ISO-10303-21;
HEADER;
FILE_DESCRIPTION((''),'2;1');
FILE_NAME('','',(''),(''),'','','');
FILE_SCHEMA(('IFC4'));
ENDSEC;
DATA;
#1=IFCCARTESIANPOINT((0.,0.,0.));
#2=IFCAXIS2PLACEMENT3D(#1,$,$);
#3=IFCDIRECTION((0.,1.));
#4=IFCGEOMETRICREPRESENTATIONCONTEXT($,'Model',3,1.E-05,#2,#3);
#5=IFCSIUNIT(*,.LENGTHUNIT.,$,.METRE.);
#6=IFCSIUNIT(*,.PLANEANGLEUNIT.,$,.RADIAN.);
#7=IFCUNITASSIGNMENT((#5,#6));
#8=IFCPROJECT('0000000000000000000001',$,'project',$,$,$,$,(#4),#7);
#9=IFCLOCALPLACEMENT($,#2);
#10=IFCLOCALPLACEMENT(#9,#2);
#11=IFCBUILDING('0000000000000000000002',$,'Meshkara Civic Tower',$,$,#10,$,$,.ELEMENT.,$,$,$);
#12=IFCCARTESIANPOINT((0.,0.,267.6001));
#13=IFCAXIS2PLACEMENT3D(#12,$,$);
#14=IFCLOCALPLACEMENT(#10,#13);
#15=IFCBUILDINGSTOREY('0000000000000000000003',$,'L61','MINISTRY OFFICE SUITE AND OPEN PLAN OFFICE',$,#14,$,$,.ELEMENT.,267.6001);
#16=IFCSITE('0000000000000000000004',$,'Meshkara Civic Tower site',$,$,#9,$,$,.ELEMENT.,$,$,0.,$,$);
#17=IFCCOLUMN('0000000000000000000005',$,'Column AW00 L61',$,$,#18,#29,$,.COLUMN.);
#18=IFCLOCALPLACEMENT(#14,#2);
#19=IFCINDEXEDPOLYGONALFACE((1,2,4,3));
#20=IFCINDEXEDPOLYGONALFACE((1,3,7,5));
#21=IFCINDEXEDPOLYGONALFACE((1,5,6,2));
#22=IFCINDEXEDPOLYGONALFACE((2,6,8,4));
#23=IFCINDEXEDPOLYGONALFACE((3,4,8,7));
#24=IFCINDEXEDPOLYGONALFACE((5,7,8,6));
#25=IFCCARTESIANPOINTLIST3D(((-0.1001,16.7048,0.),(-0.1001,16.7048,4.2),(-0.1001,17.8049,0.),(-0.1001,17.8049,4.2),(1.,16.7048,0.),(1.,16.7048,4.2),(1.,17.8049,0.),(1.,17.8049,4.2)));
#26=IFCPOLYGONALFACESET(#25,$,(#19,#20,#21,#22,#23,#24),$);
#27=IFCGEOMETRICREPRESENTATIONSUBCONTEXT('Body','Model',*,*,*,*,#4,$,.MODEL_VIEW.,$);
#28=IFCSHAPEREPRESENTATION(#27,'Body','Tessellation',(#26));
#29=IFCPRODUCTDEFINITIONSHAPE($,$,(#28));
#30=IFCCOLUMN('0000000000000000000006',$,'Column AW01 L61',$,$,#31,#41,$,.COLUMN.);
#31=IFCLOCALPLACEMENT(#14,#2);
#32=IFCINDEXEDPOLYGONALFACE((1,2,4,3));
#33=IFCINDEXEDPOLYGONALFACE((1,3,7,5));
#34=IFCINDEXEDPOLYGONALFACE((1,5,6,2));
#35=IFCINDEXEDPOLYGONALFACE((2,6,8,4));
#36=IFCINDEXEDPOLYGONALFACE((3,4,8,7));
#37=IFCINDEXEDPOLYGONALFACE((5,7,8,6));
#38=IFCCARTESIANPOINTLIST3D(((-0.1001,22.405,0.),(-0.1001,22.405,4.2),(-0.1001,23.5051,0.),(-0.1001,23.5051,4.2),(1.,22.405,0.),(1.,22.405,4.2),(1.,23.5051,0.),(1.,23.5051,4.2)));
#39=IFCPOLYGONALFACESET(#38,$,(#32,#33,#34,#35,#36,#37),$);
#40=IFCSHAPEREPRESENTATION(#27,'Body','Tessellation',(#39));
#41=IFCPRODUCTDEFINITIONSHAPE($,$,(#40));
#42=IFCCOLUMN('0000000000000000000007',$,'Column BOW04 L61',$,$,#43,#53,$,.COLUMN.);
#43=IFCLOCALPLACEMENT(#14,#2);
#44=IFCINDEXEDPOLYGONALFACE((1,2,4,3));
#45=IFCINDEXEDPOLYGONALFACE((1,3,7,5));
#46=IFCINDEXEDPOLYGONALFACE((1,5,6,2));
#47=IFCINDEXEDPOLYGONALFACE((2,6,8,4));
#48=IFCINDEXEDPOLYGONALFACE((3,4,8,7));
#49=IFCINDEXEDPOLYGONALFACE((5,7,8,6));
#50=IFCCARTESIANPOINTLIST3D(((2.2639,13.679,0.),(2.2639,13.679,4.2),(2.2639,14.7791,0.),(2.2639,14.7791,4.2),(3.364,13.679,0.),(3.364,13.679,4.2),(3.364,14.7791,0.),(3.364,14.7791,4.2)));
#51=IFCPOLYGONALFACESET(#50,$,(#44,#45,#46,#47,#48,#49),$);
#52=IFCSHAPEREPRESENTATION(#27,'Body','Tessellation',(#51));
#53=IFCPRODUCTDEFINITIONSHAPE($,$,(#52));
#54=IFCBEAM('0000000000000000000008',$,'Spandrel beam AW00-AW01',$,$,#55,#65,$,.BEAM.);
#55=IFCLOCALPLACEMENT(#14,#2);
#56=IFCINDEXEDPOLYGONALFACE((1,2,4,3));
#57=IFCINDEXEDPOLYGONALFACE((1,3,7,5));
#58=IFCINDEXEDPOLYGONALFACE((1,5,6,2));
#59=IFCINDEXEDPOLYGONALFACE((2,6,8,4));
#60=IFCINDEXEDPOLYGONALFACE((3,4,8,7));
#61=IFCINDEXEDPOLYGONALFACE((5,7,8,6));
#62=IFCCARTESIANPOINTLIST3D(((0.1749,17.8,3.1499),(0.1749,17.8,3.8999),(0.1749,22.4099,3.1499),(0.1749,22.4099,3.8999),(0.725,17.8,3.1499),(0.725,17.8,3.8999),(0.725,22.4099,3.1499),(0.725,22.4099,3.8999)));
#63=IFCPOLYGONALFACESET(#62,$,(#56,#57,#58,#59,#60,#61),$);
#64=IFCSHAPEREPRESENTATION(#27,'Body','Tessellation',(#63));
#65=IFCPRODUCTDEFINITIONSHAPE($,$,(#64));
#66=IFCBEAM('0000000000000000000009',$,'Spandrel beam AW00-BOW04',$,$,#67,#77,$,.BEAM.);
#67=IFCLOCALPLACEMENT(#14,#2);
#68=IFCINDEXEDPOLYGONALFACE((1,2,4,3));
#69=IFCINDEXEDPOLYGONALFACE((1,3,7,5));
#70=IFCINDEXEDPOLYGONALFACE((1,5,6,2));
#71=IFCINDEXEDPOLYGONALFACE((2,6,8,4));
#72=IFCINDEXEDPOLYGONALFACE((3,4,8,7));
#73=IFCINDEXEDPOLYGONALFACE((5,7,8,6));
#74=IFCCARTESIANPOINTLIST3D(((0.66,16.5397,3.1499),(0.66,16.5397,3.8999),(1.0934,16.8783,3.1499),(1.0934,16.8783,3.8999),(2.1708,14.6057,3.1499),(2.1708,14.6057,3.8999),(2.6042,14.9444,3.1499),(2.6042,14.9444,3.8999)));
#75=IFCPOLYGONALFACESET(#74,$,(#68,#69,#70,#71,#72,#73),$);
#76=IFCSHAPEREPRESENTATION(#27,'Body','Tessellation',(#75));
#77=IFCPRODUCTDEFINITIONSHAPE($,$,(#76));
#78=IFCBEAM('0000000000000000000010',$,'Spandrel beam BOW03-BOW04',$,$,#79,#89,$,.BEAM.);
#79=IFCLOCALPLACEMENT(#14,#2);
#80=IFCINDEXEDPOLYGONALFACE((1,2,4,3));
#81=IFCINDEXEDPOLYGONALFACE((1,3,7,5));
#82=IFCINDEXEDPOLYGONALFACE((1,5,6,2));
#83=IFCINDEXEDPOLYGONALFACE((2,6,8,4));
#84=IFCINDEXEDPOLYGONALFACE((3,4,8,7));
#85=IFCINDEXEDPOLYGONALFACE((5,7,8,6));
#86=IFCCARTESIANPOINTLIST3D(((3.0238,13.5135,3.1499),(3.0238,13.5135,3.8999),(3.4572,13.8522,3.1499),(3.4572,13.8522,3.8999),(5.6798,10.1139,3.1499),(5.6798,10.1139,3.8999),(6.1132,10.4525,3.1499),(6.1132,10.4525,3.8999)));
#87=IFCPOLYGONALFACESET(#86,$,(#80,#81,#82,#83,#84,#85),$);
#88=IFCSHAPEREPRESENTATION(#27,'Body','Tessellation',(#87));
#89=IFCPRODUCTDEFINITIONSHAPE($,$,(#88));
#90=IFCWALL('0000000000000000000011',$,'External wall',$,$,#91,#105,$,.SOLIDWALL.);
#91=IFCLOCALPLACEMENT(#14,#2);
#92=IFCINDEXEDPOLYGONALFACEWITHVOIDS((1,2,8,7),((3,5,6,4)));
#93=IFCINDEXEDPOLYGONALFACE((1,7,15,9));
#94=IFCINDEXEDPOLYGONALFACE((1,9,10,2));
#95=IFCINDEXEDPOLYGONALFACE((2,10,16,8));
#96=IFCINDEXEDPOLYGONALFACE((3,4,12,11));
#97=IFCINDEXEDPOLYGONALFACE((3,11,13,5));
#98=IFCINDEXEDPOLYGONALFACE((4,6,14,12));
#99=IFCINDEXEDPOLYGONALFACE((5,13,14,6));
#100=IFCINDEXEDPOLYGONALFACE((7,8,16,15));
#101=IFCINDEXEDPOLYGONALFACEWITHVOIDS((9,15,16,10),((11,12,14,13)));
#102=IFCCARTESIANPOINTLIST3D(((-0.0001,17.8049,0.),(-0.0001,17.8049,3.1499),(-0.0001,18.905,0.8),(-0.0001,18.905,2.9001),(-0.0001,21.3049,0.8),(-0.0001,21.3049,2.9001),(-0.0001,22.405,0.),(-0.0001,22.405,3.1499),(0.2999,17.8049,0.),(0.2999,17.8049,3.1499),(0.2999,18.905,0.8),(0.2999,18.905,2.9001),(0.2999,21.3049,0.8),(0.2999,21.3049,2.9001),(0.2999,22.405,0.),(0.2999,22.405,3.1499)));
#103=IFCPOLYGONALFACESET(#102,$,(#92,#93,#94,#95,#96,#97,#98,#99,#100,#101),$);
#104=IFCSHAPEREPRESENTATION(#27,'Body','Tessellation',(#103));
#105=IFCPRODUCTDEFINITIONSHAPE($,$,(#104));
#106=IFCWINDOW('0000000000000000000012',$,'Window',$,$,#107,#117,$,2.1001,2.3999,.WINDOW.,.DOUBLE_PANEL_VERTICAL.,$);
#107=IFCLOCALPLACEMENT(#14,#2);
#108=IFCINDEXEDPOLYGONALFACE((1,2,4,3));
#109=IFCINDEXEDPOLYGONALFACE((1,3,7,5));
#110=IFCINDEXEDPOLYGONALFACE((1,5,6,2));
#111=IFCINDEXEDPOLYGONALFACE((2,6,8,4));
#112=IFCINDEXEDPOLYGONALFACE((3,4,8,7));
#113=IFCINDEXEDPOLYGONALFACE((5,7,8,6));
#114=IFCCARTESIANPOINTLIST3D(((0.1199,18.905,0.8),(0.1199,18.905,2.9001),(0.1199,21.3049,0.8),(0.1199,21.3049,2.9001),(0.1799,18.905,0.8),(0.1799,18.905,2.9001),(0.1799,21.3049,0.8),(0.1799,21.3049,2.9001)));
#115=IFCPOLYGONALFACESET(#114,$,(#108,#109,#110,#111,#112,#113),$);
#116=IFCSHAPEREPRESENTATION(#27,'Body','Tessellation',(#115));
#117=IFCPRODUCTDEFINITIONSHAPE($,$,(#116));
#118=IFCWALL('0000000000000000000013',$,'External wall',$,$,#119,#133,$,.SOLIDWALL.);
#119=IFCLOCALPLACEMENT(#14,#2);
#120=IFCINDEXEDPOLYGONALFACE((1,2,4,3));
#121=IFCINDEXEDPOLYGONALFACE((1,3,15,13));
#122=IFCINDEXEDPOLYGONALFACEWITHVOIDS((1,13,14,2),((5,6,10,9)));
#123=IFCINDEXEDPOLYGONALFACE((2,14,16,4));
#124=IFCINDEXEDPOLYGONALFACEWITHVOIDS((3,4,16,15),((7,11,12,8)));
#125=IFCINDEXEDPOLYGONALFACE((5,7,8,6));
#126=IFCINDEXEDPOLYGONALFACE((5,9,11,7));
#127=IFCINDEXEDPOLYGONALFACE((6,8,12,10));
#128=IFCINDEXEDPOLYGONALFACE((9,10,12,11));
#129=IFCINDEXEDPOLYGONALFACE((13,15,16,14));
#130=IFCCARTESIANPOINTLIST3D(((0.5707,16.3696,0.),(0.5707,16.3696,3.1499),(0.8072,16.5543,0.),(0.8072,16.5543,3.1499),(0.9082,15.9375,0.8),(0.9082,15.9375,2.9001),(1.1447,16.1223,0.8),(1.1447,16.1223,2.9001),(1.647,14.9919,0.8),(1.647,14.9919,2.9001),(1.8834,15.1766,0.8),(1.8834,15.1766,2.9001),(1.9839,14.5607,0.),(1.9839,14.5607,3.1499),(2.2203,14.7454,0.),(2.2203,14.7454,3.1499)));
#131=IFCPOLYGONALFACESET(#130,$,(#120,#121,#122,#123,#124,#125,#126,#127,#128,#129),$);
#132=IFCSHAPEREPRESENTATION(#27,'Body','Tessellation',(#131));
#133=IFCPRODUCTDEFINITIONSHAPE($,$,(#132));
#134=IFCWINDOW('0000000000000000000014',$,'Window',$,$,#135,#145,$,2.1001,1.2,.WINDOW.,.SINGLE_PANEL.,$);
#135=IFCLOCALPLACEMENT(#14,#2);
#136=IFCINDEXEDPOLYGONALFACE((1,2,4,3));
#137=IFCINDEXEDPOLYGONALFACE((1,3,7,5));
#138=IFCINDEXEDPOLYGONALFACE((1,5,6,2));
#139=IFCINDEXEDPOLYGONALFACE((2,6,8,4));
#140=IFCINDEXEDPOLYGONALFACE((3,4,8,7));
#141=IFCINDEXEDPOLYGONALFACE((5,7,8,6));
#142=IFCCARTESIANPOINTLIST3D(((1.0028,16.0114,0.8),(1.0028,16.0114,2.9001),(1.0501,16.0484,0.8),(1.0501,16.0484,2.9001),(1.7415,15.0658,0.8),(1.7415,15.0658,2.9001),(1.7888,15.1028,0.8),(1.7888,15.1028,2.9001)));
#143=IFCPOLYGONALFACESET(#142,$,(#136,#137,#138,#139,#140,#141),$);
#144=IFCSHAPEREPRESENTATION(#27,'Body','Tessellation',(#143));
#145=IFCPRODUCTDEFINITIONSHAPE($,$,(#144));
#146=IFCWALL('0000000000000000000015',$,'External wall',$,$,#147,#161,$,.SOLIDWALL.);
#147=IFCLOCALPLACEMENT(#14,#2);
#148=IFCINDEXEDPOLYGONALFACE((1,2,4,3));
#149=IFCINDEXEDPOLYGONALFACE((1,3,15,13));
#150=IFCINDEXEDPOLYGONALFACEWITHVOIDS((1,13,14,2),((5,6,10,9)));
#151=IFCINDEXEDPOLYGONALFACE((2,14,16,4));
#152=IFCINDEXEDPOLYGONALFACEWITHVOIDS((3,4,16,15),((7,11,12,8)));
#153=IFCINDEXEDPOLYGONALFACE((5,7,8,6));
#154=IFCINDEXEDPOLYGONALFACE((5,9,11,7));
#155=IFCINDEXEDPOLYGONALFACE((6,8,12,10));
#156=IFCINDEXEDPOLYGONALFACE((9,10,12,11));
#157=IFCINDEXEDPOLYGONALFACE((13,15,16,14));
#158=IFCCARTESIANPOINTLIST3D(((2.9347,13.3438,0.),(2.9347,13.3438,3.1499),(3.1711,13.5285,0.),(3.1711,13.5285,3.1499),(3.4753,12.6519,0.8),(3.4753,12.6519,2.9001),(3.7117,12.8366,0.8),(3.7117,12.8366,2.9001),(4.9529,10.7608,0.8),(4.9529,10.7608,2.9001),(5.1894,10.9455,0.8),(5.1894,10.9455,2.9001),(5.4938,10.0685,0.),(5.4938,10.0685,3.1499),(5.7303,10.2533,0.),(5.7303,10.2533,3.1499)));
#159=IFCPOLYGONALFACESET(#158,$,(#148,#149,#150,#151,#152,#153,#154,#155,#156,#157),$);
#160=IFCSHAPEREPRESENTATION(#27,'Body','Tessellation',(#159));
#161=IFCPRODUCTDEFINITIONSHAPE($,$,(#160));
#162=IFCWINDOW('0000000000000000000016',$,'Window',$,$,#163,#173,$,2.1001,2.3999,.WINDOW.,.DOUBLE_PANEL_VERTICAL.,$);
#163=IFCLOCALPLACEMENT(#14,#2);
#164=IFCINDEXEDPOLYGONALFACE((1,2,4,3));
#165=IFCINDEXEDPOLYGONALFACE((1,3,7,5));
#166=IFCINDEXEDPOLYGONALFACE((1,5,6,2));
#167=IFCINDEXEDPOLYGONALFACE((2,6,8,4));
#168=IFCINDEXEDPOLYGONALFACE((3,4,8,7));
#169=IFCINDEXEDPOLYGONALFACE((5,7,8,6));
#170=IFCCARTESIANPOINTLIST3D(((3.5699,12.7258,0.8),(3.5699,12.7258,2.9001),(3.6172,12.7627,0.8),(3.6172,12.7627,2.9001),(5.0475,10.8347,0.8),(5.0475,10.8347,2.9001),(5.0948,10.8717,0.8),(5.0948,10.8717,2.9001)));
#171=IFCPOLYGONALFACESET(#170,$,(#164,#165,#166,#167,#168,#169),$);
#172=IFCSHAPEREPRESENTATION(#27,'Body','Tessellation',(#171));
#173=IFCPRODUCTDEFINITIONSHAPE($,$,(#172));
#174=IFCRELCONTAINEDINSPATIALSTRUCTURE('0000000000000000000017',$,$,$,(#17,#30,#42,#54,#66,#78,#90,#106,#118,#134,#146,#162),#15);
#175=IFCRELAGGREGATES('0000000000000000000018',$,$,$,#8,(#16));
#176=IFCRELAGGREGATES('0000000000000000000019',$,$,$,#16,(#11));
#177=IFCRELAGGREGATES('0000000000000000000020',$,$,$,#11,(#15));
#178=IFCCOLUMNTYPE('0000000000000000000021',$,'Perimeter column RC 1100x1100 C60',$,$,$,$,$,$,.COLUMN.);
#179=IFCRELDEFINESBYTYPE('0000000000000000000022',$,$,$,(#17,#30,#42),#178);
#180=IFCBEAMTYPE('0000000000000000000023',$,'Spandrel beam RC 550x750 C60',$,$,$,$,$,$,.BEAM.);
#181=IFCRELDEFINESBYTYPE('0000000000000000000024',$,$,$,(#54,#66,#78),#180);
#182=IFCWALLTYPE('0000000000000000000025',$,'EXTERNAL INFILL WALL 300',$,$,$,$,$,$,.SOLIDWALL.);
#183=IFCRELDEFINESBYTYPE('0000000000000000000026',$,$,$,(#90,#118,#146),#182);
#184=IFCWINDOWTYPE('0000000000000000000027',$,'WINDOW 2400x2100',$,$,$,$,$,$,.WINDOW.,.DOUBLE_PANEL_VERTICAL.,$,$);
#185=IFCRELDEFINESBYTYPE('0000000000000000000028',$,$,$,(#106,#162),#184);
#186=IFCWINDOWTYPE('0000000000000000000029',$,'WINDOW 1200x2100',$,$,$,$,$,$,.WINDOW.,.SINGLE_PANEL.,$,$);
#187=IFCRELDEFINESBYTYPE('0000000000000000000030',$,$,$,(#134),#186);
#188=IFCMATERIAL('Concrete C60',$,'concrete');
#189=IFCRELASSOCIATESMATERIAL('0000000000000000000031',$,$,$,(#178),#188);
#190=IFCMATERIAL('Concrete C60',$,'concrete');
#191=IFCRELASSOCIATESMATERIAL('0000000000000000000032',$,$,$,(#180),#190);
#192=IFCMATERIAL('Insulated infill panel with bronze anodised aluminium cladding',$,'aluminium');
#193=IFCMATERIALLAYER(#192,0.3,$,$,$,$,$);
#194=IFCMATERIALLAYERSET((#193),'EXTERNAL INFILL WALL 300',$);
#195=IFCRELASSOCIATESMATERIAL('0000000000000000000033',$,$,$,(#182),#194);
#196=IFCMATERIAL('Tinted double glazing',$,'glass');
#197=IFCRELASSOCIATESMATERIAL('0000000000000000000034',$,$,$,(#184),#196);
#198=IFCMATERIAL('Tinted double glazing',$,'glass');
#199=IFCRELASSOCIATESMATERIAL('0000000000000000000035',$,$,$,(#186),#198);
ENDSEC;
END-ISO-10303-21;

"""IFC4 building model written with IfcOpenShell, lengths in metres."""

from ifc_helpers import new_model, si_unit, direction, frame, frame_2d, origin, origin_2d, place, context, subcontext, project, spatial, rectangle, extrude, material, layer, layer_set, material_profile, profile_set, type_object, element, fill, save


model = new_model("IFC4")

# Units and contexts
model_context = context("Model", 3, precision=1e-05, world=origin(), true_north=direction((0.0, 1.0)))
body_context = subcontext(model_context, "Body", "Model", "MODEL_VIEW")
ifc_project = project(units=[si_unit("LENGTHUNIT", "METRE"), si_unit("PLANEANGLEUNIT", "RADIAN")], contexts=[model_context])

# Site, building, storey
site_placement = place(None, origin())
site = spatial("IfcSite", under=ifc_project, at=site_placement, Name="Meshkara Civic Tower site", CompositionType="ELEMENT", RefElevation=0.0)
building_placement = place(site_placement, origin())
building = spatial("IfcBuilding", under=site, at=building_placement, Name="Meshkara Civic Tower", CompositionType="ELEMENT")
storey_placement = place(building_placement, frame((0.0, 0.0, 267.6001)))
storey = spatial("IfcBuildingStorey", under=building, at=storey_placement, Name="L61", Description="MINISTRY OFFICE SUITE AND OPEN PLAN OFFICE", CompositionType="ELEMENT", Elevation=267.6001)

# Columns
ifc_material_1 = material(Name="Concrete C60", Category="concrete")
ifc_material_profile_1 = material_profile(ifc_material_1, rectangle(XDim=1.1001, YDim=1.1001, at=origin_2d()))
ifc_profile_set_1 = profile_set([ifc_material_profile_1], Name="Concrete C60")
column_type = type_object("IfcColumnType", Name="Perimeter column RC 1100x1100 C60", PredefinedType="COLUMN", material=ifc_profile_set_1)
for number, where, z_axis, x_axis, name in (
    (1, (0.45, 17.2549, 0.0), (0.0, 0.0, 1.0), (1.0, 0.0, 0.0), "Column AW00 L61"),
    (2, (0.45, 22.9551, 0.0), (0.0, 0.0, 1.0), (1.0, 0.0, 0.0), "Column AW01 L61"),
    (3, (2.814, 14.229, 0.0), (0.0, 0.0, 1.0), (1.0, 0.0, 0.0), "Column BOW04 L61"),
):
    element("IfcColumn", number, at=place(storey_placement, frame(where, z_axis=z_axis, x_axis=x_axis)), inside=storey, type_object=column_type, Name=name, PredefinedType="COLUMN", context=body_context, shape_type="SweptSolid", body=[
        extrude(rectangle(XDim=1.1001, YDim=1.1001, at=origin_2d()), origin(), (0.0, 0.0, 1.0), 4.2),
    ])

# Beams
ifc_material_2 = material(Name="Concrete C60", Category="concrete")
ifc_material_profile_2 = material_profile(ifc_material_2, rectangle(XDim=0.55, YDim=0.75, at=origin_2d()))
ifc_profile_set_2 = profile_set([ifc_material_profile_2], Name="Concrete C60")
beam_type = type_object("IfcBeamType", Name="Spandrel beam RC 550x750 C60", PredefinedType="BEAM", material=ifc_profile_set_2)
beam_1_placement = place(storey_placement, frame((0.45, 22.4099, 3.5249), z_axis=(0.0, -1.0, 0.0), x_axis=(1.0, 0.0, 0.0)))
element("IfcBeam", 4, at=beam_1_placement, inside=storey, type_object=beam_type, Name="Spandrel beam AW00-AW01", PredefinedType="BEAM", context=body_context, shape_type="SweptSolid", body=[
    extrude(rectangle(XDim=0.55, YDim=0.75, at=origin_2d()), origin(), (0.0, 0.0, 1.0), 4.6099),
])
beam_2_placement = place(storey_placement, frame((0.8767, 16.709, 3.5249), z_axis=(0.615627, -0.788038, 0.0), x_axis=(0.788038, 0.615627, 0.0)))
element("IfcBeam", 5, at=beam_2_placement, inside=storey, type_object=beam_type, Name="Spandrel beam AW00-BOW04", PredefinedType="BEAM", context=body_context, shape_type="SweptSolid", body=[
    extrude(rectangle(XDim=0.55, YDim=0.75, at=origin_2d()), origin(), (0.0, 0.0, 1.0), 2.4541),
])
beam_3_placement = place(storey_placement, frame((3.2405, 13.6829, 3.5249), z_axis=(0.615647, -0.788022, 0.0), x_axis=(0.788022, 0.615647, 0.0)))
element("IfcBeam", 6, at=beam_3_placement, inside=storey, type_object=beam_type, Name="Spandrel beam BOW03-BOW04", PredefinedType="BEAM", context=body_context, shape_type="SweptSolid", body=[
    extrude(rectangle(XDim=0.55, YDim=0.75, at=origin_2d()), origin(), (0.0, 0.0, 1.0), 4.3142),
])

# Walls, openings, windows
ifc_material_3 = material(Name="Insulated infill panel with bronze anodised aluminium cladding", Category="aluminium")
ifc_layer = layer(ifc_material_3, 0.3)
ifc_layer_set = layer_set([ifc_layer], Name="EXTERNAL INFILL WALL 300")
wall_type = type_object("IfcWallType", Name="EXTERNAL INFILL WALL 300", PredefinedType="SOLIDWALL", material=ifc_layer_set)
wall_1_placement = place(storey_placement, frame((0.1499, 22.405, 0.0), z_axis=(0.0, 0.0, 1.0), x_axis=(0.0, -1.0, 0.0)))
wall_1 = element("IfcWall", 7, at=wall_1_placement, inside=storey, type_object=wall_type, Name="External wall", PredefinedType="SOLIDWALL", context=body_context, shape_type="SweptSolid", body=[
    extrude(rectangle(XDim=4.6001, YDim=0.3, at=frame_2d((2.3, 0.0))), origin(), (0.0, 0.0, 1.0), 3.1499),
])
opening_1_placement = place(wall_1_placement, frame((1.1001, 0.0, 0.8)))
opening_1 = element("IfcOpeningElement", 8, at=opening_1_placement, cuts=wall_1, PredefinedType="OPENING", context=body_context, shape_type="SweptSolid", body=[
    extrude(rectangle(XDim=2.3999, YDim=2.1001, at=frame_2d((1.2, 1.05))), frame((0.0, 0.1599, 0.0), z_axis=(0.0, -1.0, 0.0), x_axis=(1.0, 0.0, 0.0)), (0.0, 0.0, 1.0), 0.3201),
])
ifc_material_4 = material(Name="Tinted double glazing", Category="glass")
window_type_1 = type_object("IfcWindowType", Name="WINDOW 2400x2100", PartitioningType="DOUBLE_PANEL_VERTICAL", PredefinedType="WINDOW", material=ifc_material_4)
window_1_placement = place(opening_1_placement, origin())
window_1 = element("IfcWindow", 9, at=window_1_placement, inside=storey, type_object=window_type_1, Name="Window", OverallHeight=2.1001, OverallWidth=2.3999, PartitioningType="DOUBLE_PANEL_VERTICAL", PredefinedType="WINDOW", context=body_context, shape_type="SweptSolid", body=[
    extrude(rectangle(XDim=2.3999, YDim=2.1001, at=frame_2d((1.2, 1.05))), frame((0.0, 0.03, 0.0), z_axis=(0.0, -1.0, 0.0), x_axis=(1.0, 0.0, 0.0)), (0.0, 0.0, 1.0), 0.0601),
])
fill(opening_1, window_1)
wall_2_placement = place(storey_placement, frame((0.689, 16.4619, 0.0), z_axis=(0.0, 0.0, 1.0), x_axis=(0.615625, -0.788039, 0.0)))
wall_2 = element("IfcWall", 10, at=wall_2_placement, inside=storey, type_object=wall_type, Name="External wall", PredefinedType="SOLIDWALL", context=body_context, shape_type="SweptSolid", body=[
    extrude(rectangle(XDim=2.2954, YDim=0.3, at=frame_2d((1.1477, 0.0))), origin(), (0.0, 0.0, 1.0), 3.1499),
])
opening_2_placement = place(wall_2_placement, frame((0.5481, 0.0, 0.8)))
opening_2 = element("IfcOpeningElement", 11, at=opening_2_placement, cuts=wall_2, PredefinedType="OPENING", context=body_context, shape_type="SweptSolid", body=[
    extrude(rectangle(XDim=1.2, YDim=2.1001, at=frame_2d((0.6001, 1.05))), frame((0.0, 0.1599, 0.0), z_axis=(0.0, -1.0, 0.0), x_axis=(1.0, 0.0, 0.0)), (0.0, 0.0, 1.0), 0.3201),
])
ifc_material_5 = material(Name="Tinted double glazing", Category="glass")
window_type_2 = type_object("IfcWindowType", Name="WINDOW 1200x2100", PartitioningType="SINGLE_PANEL", PredefinedType="WINDOW", material=ifc_material_5)
window_2_placement = place(opening_2_placement, origin())
window_2 = element("IfcWindow", 12, at=window_2_placement, inside=storey, type_object=window_type_2, Name="Window", OverallHeight=2.1001, OverallWidth=1.2, PartitioningType="SINGLE_PANEL", PredefinedType="WINDOW", context=body_context, shape_type="SweptSolid", body=[
    extrude(rectangle(XDim=1.2, YDim=2.1001, at=frame_2d((0.6001, 1.05))), frame((0.0, 0.03, 0.0), z_axis=(0.0, -1.0, 0.0), x_axis=(1.0, 0.0, 0.0)), (0.0, 0.0, 1.0), 0.0601),
])
fill(opening_2, window_2)
wall_3_placement = place(storey_placement, frame((3.053, 13.436, 0.0), z_axis=(0.0, 0.0, 1.0), x_axis=(0.6157, -0.787981, 0.0)))
wall_3 = element("IfcWall", 13, at=wall_3_placement, inside=storey, type_object=wall_type, Name="External wall", PredefinedType="SOLIDWALL", context=body_context, shape_type="SweptSolid", body=[
    extrude(rectangle(XDim=4.1565, YDim=0.3, at=frame_2d((2.0781, 0.0))), origin(), (0.0, 0.0, 1.0), 3.1499),
])
opening_3_placement = place(wall_3_placement, frame((0.8779, 0.0, 0.8)))
opening_3 = element("IfcOpeningElement", 14, at=opening_3_placement, cuts=wall_3, PredefinedType="OPENING", context=body_context, shape_type="SweptSolid", body=[
    extrude(rectangle(XDim=2.3999, YDim=2.1001, at=frame_2d((1.2, 1.05))), frame((0.0, 0.1599, 0.0), z_axis=(0.0, -1.0, 0.0), x_axis=(1.0, 0.0, 0.0)), (0.0, 0.0, 1.0), 0.3201),
])
window_3_placement = place(opening_3_placement, origin())
window_3 = element("IfcWindow", 15, at=window_3_placement, inside=storey, type_object=window_type_1, Name="Window", OverallHeight=2.1001, OverallWidth=2.3999, PartitioningType="DOUBLE_PANEL_VERTICAL", PredefinedType="WINDOW", context=body_context, shape_type="SweptSolid", body=[
    extrude(rectangle(XDim=2.3999, YDim=2.1001, at=frame_2d((1.2, 1.05))), frame((0.0, 0.03, 0.0), z_axis=(0.0, -1.0, 0.0), x_axis=(1.0, 0.0, 0.0)), (0.0, 0.0, 1.0), 0.0601),
])
fill(opening_3, window_3)

save(model, "model.ifc")
